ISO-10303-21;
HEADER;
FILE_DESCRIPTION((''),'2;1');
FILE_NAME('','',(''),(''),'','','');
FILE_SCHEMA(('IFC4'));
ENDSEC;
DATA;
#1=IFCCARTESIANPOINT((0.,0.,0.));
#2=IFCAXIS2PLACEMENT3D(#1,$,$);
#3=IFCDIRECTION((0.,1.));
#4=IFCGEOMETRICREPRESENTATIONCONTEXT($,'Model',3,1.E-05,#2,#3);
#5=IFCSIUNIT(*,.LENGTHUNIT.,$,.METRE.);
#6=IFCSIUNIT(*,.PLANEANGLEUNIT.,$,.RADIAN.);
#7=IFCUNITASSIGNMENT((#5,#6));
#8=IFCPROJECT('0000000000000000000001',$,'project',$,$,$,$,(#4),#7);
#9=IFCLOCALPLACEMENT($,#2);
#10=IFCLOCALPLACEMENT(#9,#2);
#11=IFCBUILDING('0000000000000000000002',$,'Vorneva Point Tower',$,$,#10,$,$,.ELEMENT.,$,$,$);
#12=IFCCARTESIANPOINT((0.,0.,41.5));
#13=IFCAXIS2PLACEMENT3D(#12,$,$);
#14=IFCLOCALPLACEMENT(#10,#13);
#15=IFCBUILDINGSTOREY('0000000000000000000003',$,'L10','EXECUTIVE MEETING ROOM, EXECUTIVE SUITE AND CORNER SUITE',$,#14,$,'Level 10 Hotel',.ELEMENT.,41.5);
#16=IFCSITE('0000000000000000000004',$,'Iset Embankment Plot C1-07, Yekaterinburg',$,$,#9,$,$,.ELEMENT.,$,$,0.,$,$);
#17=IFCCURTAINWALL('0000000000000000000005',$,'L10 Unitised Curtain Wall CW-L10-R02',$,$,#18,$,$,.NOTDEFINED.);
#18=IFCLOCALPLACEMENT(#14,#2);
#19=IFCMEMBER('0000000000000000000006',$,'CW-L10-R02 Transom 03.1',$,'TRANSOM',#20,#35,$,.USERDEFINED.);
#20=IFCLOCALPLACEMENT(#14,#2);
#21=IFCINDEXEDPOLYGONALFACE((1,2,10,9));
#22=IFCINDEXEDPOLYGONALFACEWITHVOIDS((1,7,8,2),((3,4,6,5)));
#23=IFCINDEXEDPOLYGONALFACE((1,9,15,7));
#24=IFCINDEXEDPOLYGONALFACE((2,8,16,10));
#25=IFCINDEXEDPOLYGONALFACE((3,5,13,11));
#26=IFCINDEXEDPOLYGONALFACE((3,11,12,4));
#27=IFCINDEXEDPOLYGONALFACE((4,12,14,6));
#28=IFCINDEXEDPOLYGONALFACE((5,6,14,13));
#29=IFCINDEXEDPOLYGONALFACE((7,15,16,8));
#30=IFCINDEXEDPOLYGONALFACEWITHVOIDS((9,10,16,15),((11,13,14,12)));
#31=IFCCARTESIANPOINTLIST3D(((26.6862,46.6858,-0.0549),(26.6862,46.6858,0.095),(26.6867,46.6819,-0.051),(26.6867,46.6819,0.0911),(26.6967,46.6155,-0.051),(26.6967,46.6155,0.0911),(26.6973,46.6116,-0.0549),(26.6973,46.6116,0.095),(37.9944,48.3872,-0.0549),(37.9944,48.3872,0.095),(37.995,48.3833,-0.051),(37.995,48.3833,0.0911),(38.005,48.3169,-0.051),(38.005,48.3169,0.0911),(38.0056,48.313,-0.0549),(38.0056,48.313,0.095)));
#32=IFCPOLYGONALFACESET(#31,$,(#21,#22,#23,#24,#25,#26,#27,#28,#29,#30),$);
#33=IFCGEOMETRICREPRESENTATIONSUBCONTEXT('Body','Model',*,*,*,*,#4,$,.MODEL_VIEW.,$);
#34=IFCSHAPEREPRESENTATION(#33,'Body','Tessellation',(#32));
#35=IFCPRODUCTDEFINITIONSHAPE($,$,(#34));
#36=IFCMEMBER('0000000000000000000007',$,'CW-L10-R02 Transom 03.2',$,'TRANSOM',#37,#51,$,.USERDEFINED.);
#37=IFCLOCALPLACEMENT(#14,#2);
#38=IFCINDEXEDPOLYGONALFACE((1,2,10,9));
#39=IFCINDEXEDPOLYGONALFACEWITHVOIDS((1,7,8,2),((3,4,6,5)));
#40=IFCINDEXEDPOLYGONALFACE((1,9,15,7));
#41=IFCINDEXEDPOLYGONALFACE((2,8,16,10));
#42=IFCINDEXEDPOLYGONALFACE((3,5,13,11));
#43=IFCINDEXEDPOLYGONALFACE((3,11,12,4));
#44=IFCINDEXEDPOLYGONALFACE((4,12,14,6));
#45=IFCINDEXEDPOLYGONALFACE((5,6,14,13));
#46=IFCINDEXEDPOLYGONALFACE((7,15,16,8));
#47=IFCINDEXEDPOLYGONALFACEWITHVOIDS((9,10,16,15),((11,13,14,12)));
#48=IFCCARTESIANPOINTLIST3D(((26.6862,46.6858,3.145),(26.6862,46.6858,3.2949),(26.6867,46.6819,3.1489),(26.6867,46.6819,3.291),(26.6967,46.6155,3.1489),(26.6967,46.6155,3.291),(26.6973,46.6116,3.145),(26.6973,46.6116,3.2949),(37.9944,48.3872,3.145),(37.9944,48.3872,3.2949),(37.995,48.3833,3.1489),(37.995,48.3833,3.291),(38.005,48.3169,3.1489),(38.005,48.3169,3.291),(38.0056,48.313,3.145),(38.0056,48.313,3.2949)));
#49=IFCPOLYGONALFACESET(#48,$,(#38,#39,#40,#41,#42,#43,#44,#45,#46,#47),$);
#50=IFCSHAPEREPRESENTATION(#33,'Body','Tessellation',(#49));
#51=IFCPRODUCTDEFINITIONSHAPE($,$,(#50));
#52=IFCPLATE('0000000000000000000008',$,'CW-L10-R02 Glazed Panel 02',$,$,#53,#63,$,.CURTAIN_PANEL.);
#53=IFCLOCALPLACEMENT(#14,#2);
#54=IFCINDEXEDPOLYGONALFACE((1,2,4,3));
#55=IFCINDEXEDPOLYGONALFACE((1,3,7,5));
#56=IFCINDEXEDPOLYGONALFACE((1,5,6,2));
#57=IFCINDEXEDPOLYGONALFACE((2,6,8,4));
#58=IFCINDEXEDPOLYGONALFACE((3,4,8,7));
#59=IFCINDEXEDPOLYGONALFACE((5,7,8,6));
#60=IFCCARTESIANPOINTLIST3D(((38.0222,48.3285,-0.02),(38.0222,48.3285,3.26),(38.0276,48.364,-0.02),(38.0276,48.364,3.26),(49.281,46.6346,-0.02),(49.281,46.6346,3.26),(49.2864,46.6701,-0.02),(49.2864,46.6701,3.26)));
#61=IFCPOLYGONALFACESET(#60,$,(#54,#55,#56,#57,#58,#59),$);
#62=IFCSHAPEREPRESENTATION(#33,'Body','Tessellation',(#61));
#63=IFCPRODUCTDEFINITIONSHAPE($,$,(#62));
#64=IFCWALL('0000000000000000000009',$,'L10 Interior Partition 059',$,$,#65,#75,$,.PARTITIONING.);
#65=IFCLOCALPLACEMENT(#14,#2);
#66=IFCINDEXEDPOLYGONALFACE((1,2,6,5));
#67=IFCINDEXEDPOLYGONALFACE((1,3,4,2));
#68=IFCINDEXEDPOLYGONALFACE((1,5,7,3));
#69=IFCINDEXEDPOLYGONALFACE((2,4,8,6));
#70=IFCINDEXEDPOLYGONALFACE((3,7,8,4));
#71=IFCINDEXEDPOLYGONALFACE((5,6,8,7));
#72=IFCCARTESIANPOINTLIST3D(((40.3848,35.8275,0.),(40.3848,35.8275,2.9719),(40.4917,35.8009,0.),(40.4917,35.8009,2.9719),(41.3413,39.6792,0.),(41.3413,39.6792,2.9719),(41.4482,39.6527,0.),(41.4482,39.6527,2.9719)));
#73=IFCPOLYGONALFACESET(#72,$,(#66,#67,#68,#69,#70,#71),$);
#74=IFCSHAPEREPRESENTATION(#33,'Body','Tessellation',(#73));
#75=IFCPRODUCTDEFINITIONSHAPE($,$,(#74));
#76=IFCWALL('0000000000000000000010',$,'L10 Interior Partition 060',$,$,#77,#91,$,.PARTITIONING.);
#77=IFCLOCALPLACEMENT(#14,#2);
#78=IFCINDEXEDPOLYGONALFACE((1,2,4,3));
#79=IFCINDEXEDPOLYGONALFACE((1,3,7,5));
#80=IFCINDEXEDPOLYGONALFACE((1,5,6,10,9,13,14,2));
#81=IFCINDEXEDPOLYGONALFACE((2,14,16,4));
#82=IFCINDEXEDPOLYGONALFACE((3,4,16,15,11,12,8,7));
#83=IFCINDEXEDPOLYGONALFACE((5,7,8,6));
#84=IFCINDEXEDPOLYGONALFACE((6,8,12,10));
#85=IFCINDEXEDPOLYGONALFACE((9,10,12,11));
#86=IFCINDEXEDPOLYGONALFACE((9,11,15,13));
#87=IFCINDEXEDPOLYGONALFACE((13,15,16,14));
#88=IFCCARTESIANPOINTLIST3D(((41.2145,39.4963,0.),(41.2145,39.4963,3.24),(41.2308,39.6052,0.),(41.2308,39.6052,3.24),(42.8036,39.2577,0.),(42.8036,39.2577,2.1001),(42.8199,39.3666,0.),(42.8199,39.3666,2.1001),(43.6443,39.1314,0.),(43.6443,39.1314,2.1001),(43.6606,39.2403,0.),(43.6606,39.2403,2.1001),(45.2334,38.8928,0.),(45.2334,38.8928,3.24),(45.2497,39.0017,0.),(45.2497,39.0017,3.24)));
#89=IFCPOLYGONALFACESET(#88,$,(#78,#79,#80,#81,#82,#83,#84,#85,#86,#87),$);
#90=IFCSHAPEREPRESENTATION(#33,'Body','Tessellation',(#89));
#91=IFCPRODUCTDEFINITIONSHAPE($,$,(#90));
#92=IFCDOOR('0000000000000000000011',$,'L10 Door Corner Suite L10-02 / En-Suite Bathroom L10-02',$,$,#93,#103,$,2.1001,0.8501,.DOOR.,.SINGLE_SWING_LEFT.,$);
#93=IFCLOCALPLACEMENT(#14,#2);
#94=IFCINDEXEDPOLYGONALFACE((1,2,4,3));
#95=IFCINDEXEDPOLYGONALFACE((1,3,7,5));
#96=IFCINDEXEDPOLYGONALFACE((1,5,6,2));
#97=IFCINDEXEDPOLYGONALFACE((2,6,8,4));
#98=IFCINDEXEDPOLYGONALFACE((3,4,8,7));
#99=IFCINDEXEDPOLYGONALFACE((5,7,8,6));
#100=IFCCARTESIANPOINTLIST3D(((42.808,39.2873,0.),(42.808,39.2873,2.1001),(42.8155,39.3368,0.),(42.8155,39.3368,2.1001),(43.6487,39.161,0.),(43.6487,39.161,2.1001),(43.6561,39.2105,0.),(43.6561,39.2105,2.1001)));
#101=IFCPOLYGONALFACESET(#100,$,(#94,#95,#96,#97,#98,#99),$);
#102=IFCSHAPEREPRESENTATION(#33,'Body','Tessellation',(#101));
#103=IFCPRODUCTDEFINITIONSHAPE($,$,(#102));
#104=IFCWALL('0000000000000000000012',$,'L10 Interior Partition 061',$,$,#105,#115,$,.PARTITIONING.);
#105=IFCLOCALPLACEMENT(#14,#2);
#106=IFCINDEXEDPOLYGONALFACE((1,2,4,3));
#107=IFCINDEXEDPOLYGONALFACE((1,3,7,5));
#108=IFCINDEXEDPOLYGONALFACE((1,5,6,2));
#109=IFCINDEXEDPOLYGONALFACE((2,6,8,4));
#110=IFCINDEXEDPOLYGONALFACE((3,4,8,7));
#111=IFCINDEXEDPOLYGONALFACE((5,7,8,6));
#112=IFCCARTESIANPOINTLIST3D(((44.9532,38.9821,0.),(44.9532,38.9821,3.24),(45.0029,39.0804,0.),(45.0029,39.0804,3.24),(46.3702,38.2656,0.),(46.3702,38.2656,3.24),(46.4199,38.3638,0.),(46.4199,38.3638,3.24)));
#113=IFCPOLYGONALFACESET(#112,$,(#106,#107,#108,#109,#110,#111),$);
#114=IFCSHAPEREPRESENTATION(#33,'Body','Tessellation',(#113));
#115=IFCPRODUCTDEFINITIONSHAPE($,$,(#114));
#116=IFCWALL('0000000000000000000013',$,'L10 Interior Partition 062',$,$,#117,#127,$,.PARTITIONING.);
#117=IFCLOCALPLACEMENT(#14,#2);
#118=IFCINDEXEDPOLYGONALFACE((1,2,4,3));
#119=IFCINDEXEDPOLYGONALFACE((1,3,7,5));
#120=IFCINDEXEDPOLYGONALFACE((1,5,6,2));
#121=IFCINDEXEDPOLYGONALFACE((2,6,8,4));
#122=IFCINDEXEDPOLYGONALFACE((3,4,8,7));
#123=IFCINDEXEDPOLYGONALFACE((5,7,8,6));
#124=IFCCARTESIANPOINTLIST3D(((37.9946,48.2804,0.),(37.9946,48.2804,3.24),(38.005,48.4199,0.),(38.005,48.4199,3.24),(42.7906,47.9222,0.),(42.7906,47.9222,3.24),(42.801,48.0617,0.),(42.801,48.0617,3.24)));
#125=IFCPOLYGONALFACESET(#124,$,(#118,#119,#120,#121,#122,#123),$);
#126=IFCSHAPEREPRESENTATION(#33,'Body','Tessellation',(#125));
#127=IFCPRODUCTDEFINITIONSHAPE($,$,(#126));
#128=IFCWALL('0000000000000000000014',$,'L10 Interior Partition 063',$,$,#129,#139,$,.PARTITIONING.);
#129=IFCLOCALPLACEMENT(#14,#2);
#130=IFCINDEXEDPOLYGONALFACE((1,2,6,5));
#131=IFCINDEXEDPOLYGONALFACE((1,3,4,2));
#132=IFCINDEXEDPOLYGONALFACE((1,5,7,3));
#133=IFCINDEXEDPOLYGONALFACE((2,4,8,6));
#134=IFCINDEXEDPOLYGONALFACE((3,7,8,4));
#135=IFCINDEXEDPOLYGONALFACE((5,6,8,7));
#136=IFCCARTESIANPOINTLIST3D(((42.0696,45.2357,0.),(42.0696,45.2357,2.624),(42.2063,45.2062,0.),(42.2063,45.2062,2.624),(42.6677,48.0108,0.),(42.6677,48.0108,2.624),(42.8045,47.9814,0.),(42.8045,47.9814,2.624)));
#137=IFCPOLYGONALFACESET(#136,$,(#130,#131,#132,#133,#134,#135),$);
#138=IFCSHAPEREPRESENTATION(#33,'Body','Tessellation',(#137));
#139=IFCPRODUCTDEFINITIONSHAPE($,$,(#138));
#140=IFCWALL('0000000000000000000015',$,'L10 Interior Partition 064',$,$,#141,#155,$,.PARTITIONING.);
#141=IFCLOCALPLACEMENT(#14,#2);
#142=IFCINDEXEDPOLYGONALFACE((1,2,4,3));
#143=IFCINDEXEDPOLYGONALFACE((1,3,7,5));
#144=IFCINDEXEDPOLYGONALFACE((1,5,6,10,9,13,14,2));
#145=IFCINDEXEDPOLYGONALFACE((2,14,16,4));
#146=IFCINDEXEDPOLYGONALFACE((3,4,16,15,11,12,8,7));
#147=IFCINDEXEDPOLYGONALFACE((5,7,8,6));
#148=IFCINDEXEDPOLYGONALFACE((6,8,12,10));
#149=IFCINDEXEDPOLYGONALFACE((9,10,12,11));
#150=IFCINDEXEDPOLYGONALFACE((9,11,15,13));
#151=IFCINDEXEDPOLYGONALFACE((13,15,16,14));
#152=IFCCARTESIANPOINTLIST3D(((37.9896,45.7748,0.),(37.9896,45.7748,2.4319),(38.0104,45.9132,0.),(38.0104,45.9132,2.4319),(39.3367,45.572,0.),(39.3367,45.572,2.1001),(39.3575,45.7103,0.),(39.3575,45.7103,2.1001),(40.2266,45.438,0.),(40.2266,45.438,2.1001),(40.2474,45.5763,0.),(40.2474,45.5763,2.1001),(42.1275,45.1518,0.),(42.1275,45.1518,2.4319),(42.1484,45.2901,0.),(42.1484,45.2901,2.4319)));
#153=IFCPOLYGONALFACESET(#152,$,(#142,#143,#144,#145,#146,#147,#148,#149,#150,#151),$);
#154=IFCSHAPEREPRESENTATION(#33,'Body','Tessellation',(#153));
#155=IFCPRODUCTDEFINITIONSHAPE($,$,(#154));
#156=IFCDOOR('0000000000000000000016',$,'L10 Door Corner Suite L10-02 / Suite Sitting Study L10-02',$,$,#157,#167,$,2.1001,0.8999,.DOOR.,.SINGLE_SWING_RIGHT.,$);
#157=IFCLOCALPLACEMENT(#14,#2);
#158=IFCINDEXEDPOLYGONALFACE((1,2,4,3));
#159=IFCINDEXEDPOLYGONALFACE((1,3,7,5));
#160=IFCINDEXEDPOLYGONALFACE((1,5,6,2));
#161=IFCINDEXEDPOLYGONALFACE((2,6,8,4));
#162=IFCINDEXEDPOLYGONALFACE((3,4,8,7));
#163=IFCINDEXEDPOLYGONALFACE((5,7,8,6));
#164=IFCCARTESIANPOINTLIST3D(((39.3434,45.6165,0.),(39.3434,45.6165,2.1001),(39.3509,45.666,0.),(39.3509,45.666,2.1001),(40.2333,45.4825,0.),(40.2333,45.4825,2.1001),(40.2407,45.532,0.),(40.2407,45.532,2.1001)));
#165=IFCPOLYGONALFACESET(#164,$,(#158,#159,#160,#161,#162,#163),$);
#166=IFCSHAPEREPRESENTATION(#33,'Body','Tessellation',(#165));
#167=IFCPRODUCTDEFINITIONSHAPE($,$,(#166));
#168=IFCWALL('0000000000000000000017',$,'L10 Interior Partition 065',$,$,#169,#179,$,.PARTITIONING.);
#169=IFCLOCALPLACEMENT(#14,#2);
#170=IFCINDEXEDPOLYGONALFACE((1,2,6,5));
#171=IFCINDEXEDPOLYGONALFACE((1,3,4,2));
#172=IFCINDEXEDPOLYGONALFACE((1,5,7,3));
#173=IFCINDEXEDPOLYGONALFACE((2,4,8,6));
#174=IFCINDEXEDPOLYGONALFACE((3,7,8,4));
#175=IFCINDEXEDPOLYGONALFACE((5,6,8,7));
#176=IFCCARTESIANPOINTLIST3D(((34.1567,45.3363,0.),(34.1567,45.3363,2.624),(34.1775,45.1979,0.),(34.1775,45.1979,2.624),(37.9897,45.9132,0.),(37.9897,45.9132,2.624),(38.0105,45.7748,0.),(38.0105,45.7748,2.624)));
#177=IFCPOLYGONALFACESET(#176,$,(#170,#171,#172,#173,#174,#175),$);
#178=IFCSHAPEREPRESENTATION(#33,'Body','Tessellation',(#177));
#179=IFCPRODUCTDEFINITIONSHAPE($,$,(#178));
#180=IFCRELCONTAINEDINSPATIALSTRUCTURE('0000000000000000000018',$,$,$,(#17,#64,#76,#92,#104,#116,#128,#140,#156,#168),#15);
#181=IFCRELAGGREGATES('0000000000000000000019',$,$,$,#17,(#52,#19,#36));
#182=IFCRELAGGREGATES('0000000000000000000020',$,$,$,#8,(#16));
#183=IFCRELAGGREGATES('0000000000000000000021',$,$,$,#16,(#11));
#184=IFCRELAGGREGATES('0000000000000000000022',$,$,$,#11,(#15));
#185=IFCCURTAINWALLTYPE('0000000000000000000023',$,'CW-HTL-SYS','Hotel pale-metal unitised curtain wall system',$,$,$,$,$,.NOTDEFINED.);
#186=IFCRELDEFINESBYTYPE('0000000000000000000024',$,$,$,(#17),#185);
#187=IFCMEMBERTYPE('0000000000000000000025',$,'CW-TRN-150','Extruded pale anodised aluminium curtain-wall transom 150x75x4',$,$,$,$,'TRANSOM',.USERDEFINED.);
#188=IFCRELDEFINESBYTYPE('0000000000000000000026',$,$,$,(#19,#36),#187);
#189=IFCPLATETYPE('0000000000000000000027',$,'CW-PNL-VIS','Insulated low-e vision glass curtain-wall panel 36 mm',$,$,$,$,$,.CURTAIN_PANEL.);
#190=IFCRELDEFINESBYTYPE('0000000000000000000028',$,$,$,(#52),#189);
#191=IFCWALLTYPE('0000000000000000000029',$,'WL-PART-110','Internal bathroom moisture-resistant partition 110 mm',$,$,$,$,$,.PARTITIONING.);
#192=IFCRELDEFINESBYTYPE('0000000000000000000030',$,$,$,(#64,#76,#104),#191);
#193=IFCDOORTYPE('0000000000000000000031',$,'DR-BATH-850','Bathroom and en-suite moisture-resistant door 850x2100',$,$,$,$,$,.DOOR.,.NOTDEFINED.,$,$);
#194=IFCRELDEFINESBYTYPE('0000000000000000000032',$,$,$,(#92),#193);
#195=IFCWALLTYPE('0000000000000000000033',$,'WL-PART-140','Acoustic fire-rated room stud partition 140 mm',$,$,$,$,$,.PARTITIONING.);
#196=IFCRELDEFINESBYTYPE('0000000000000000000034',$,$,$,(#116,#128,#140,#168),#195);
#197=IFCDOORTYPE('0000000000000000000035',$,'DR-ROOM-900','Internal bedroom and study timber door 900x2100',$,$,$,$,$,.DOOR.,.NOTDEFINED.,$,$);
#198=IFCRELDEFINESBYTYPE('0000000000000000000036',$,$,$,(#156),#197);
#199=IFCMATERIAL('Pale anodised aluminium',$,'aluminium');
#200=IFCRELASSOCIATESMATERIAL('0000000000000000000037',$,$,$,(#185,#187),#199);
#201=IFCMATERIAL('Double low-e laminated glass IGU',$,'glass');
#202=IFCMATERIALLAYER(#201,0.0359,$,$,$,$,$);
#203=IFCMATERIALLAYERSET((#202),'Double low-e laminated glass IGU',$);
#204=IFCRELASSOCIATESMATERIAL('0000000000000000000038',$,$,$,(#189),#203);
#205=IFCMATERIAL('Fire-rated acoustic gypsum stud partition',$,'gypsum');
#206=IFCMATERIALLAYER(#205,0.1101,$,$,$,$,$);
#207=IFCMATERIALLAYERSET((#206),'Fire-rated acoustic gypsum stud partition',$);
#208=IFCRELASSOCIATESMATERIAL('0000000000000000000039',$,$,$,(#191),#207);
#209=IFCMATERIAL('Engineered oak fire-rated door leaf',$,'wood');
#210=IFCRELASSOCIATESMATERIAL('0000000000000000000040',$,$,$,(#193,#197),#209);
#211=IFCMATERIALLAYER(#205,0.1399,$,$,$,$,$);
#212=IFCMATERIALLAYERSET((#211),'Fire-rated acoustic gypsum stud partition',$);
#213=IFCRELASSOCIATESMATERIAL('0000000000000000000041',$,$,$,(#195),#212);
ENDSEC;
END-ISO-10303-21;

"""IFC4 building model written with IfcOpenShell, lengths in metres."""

from ifc_helpers import new_model, si_unit, direction, frame, frame_2d, origin, origin_2d, place, context, subcontext, project, spatial, rectangle, hollow_rectangle, extrude, material, layer, layer_set, material_profile, profile_set, type_object, element, fill, aggregate, save


model = new_model("IFC4")

# Units and contexts
model_context = context("Model", 3, precision=1e-05, world=origin(), true_north=direction((0.0, 1.0)))
body_context = subcontext(model_context, "Body", "Model", "MODEL_VIEW")
ifc_project = project(units=[si_unit("LENGTHUNIT", "METRE"), si_unit("PLANEANGLEUNIT", "RADIAN")], contexts=[model_context])

# Site, building, storey
site_placement = place(None, origin())
site = spatial("IfcSite", under=ifc_project, at=site_placement, Name="Iset Embankment Plot C1-07, Yekaterinburg", CompositionType="ELEMENT", RefElevation=0.0)
building_placement = place(site_placement, origin())
building = spatial("IfcBuilding", under=site, at=building_placement, Name="Vorneva Point Tower", CompositionType="ELEMENT")
storey_placement = place(building_placement, frame((0.0, 0.0, 41.5)))
storey = spatial("IfcBuildingStorey", under=building, at=storey_placement, Name="L10", Description="EXECUTIVE MEETING ROOM, EXECUTIVE SUITE AND CORNER SUITE", LongName="Level 10 Hotel", CompositionType="ELEMENT", Elevation=41.5)

# Curtain wall, members, plate
ifc_material_1 = material(Name="Pale anodised aluminium", Category="aluminium")
curtain_wall_type = type_object("IfcCurtainWallType", Name="CW-HTL-SYS", Description="Hotel pale-metal unitised curtain wall system", PredefinedType="NOTDEFINED", material=ifc_material_1)
curtain_wall_placement = place(storey_placement, origin())
curtain_wall = element("IfcCurtainWall", 1, at=curtain_wall_placement, inside=storey, type_object=curtain_wall_type, Name="L10 Unitised Curtain Wall CW-L10-R02", PredefinedType="NOTDEFINED")
ifc_material_profile_1 = material_profile(ifc_material_1, hollow_rectangle(XDim=0.075, YDim=0.1499, WallThickness=0.0039, at=origin_2d()), Name="AL-TRN 150x75x4")
ifc_profile_set_1 = profile_set([ifc_material_profile_1], Name="Pale anodised aluminium")
member_type_1 = type_object("IfcMemberType", Name="CW-TRN-150", Description="Extruded pale anodised aluminium curtain-wall transom 150x75x4", ElementType="TRANSOM", PredefinedType="USERDEFINED", material=ifc_profile_set_1)
member_1_placement = place(storey_placement, frame((38.0, 48.3501, 0.02), z_axis=(-0.98887, -0.148782, 0.0), x_axis=(0.148782, -0.98887, 0.0)))
member_1 = element("IfcMember", 2, at=member_1_placement, type_object=member_type_1, Name="CW-L10-R02 Transom 03.1", ObjectType="TRANSOM", PredefinedType="USERDEFINED", context=body_context, shape_type="SweptSolid", body=[
    extrude(hollow_rectangle(XDim=0.075, YDim=0.1499, WallThickness=0.0039, at=origin_2d()), origin(), (0.0, 0.0, 1.0), 11.4355),
])
member_2_placement = place(storey_placement, frame((38.0, 48.3501, 3.22), z_axis=(-0.98887, -0.148782, 0.0), x_axis=(0.148782, -0.98887, 0.0)))
member_2 = element("IfcMember", 3, at=member_2_placement, type_object=member_type_1, Name="CW-L10-R02 Transom 03.2", ObjectType="TRANSOM", PredefinedType="USERDEFINED", context=body_context, shape_type="SweptSolid", body=[
    extrude(hollow_rectangle(XDim=0.075, YDim=0.1499, WallThickness=0.0039, at=origin_2d()), origin(), (0.0, 0.0, 1.0), 11.4355),
])
ifc_material_2 = material(Name="Double low-e laminated glass IGU", Category="glass")
ifc_layer_1 = layer(ifc_material_2, 0.0359)
ifc_layer_set_1 = layer_set([ifc_layer_1], Name="Double low-e laminated glass IGU")
plate_type = type_object("IfcPlateType", Name="CW-PNL-VIS", Description="Insulated low-e vision glass curtain-wall panel 36 mm", PredefinedType="CURTAIN_PANEL", material=ifc_layer_set_1)
plate_placement = place(storey_placement, frame((43.6543, 47.4993, -0.02), z_axis=(0.0, 0.0, 1.0), x_axis=(-0.988871, 0.148776, 0.0)))
plate = element("IfcPlate", 4, at=plate_placement, type_object=plate_type, Name="CW-L10-R02 Glazed Panel 02", PredefinedType="CURTAIN_PANEL", context=body_context, shape_type="SweptSolid", body=[
    extrude(rectangle(XDim=11.3855, YDim=0.0359, at=origin_2d()), origin(), (0.0, 0.0, 1.0), 3.28),
])
aggregate(curtain_wall, [plate, member_1, member_2])

# Wall
ifc_material_3 = material(Name="Fire-rated acoustic gypsum stud partition", Category="gypsum")
ifc_layer_2 = layer(ifc_material_3, 0.1101)
ifc_layer_set_2 = layer_set([ifc_layer_2], Name="Fire-rated acoustic gypsum stud partition")
wall_type_1 = type_object("IfcWallType", Name="WL-PART-110", Description="Internal bathroom moisture-resistant partition 110 mm", PredefinedType="PARTITIONING", material=ifc_layer_set_2)
wall_1_placement = place(storey_placement, frame((40.4382, 35.8142, 0.0), z_axis=(0.0, 0.0, 1.0), x_axis=(0.241016, 0.970521, 0.0)))
element("IfcWall", 5, at=wall_1_placement, inside=storey, type_object=wall_type_1, Name="L10 Interior Partition 059", PredefinedType="PARTITIONING", context=body_context, shape_type="SweptSolid", body=[
    extrude(rectangle(XDim=3.9688, YDim=0.1101, at=frame_2d((1.9844, 0.0))), origin(), (0.0, 0.0, 1.0), 2.9719),
])

# Wall, opening, door
wall_2_placement = place(storey_placement, frame((41.2227, 39.5508, 0.0), z_axis=(0.0, 0.0, 1.0), x_axis=(0.988911, -0.148508, 0.0)))
wall_2 = element("IfcWall", 6, at=wall_2_placement, inside=storey, type_object=wall_type_1, Name="L10 Interior Partition 060", PredefinedType="PARTITIONING", context=body_context, shape_type="SweptSolid", body=[
    extrude(rectangle(XDim=4.064, YDim=0.1101, at=frame_2d((2.032, 0.0))), origin(), (0.0, 0.0, 1.0), 3.24),
])
opening_1_placement = place(wall_2_placement, frame((1.6069, 0.0, 0.0)))
opening_1 = element("IfcOpeningElement", 7, at=opening_1_placement, cuts=wall_2, PredefinedType="OPENING", context=body_context, shape_type="SweptSolid", body=[
    extrude(rectangle(XDim=0.8501, YDim=2.1001, at=frame_2d((0.425, 1.05))), frame((0.0, 0.0698, 0.0), z_axis=(0.0, -1.0, 0.0), x_axis=(1.0, 0.0, 0.0)), (0.0, 0.0, 1.0), 0.1399),
])
ifc_material_4 = material(Name="Engineered oak fire-rated door leaf", Category="wood")
door_type_1 = type_object("IfcDoorType", Name="DR-BATH-850", Description="Bathroom and en-suite moisture-resistant door 850x2100", OperationType="NOTDEFINED", PredefinedType="DOOR", material=ifc_material_4)
door_1_placement = place(opening_1_placement, origin())
door_1 = element("IfcDoor", 8, at=door_1_placement, inside=storey, type_object=door_type_1, Name="L10 Door Corner Suite L10-02 / En-Suite Bathroom L10-02", OperationType="SINGLE_SWING_LEFT", OverallHeight=2.1001, OverallWidth=0.8501, PredefinedType="DOOR", context=body_context, shape_type="SweptSolid", body=[
    extrude(rectangle(XDim=0.8501, YDim=2.1001, at=frame_2d((0.425, 1.05))), frame((0.0, 0.0249, 0.0), z_axis=(0.0, -1.0, 0.0), x_axis=(1.0, 0.0, 0.0)), (0.0, 0.0, 1.0), 0.05),
])
fill(opening_1, door_1)

# Walls
wall_3_placement = place(storey_placement, frame((44.978, 39.0312, 0.0), z_axis=(0.0, 0.0, 1.0), x_axis=(0.892388, -0.451268, 0.0)))
element("IfcWall", 9, at=wall_3_placement, inside=storey, type_object=wall_type_1, Name="L10 Interior Partition 061", PredefinedType="PARTITIONING", context=body_context, shape_type="SweptSolid", body=[
    extrude(rectangle(XDim=1.5879, YDim=0.1101, at=frame_2d((0.7939, 0.0))), origin(), (0.0, 0.0, 1.0), 3.24),
])
ifc_layer_3 = layer(ifc_material_3, 0.1399)
ifc_layer_set_3 = layer_set([ifc_layer_3], Name="Fire-rated acoustic gypsum stud partition")
wall_type_2 = type_object("IfcWallType", Name="WL-PART-140", Description="Acoustic fire-rated room stud partition 140 mm", PredefinedType="PARTITIONING", material=ifc_layer_set_3)
wall_4_placement = place(storey_placement, frame((42.7959, 47.9919, 0.0), z_axis=(0.0, 0.0, 1.0), x_axis=(-0.997223, 0.074472, 0.0)))
element("IfcWall", 10, at=wall_4_placement, inside=storey, type_object=wall_type_2, Name="L10 Interior Partition 062", PredefinedType="PARTITIONING", context=body_context, shape_type="SweptSolid", body=[
    extrude(rectangle(XDim=4.8093, YDim=0.1399, at=frame_2d((2.4048, 0.0))), origin(), (0.0, 0.0, 1.0), 3.24),
])
wall_5_placement = place(storey_placement, frame((42.7361, 47.9961, 0.0), z_axis=(0.0, 0.0, 1.0), x_axis=(-0.210698, -0.977551, 0.0)))
element("IfcWall", 11, at=wall_5_placement, inside=storey, type_object=wall_type_2, Name="L10 Interior Partition 063", PredefinedType="PARTITIONING", context=body_context, shape_type="SweptSolid", body=[
    extrude(rectangle(XDim=2.8389, YDim=0.1399, at=frame_2d((1.4194, 0.0))), origin(), (0.0, 0.0, 1.0), 2.624),
])

# Wall, opening, door
wall_6_placement = place(storey_placement, frame((42.1379, 45.2209, 0.0), z_axis=(0.0, 0.0, 1.0), x_axis=(-0.988854, 0.148891, 0.0)))
wall_6 = element("IfcWall", 12, at=wall_6_placement, inside=storey, type_object=wall_type_2, Name="L10 Interior Partition 064", PredefinedType="PARTITIONING", context=body_context, shape_type="SweptSolid", body=[
    extrude(rectangle(XDim=4.1846, YDim=0.1399, at=frame_2d((2.0923, 0.0))), origin(), (0.0, 0.0, 1.0), 2.4319),
])
opening_2_placement = place(wall_6_placement, frame((1.9224, 0.0, 0.0)))
opening_2 = element("IfcOpeningElement", 13, at=opening_2_placement, cuts=wall_6, PredefinedType="OPENING", context=body_context, shape_type="SweptSolid", body=[
    extrude(rectangle(XDim=0.8999, YDim=2.1001, at=frame_2d((0.45, 1.05))), frame((0.0, 0.085, 0.0), z_axis=(0.0, -1.0, 0.0), x_axis=(1.0, 0.0, 0.0)), (0.0, 0.0, 1.0), 0.1697),
])
door_type_2 = type_object("IfcDoorType", Name="DR-ROOM-900", Description="Internal bedroom and study timber door 900x2100", OperationType="NOTDEFINED", PredefinedType="DOOR", material=ifc_material_4)
door_2_placement = place(opening_2_placement, origin())
door_2 = element("IfcDoor", 14, at=door_2_placement, inside=storey, type_object=door_type_2, Name="L10 Door Corner Suite L10-02 / Suite Sitting Study L10-02", OperationType="SINGLE_SWING_RIGHT", OverallHeight=2.1001, OverallWidth=0.8999, PredefinedType="DOOR", context=body_context, shape_type="SweptSolid", body=[
    extrude(rectangle(XDim=0.8999, YDim=2.1001, at=frame_2d((0.45, 1.05))), frame((0.0, 0.0249, 0.0), z_axis=(0.0, -1.0, 0.0), x_axis=(1.0, 0.0, 0.0)), (0.0, 0.0, 1.0), 0.05),
])
fill(opening_2, door_2)

# Wall
wall_7_placement = place(storey_placement, frame((38.0, 45.844, 0.0), z_axis=(0.0, 0.0, 1.0), x_axis=(-0.988862, -0.148833, 0.0)))
element("IfcWall", 15, at=wall_7_placement, inside=storey, type_object=wall_type_2, Name="L10 Interior Partition 065", PredefinedType="PARTITIONING", context=body_context, shape_type="SweptSolid", body=[
    extrude(rectangle(XDim=3.8762, YDim=0.1399, at=frame_2d((1.938, 0.0))), origin(), (0.0, 0.0, 1.0), 2.624),
])

save(model, "model.ifc")
